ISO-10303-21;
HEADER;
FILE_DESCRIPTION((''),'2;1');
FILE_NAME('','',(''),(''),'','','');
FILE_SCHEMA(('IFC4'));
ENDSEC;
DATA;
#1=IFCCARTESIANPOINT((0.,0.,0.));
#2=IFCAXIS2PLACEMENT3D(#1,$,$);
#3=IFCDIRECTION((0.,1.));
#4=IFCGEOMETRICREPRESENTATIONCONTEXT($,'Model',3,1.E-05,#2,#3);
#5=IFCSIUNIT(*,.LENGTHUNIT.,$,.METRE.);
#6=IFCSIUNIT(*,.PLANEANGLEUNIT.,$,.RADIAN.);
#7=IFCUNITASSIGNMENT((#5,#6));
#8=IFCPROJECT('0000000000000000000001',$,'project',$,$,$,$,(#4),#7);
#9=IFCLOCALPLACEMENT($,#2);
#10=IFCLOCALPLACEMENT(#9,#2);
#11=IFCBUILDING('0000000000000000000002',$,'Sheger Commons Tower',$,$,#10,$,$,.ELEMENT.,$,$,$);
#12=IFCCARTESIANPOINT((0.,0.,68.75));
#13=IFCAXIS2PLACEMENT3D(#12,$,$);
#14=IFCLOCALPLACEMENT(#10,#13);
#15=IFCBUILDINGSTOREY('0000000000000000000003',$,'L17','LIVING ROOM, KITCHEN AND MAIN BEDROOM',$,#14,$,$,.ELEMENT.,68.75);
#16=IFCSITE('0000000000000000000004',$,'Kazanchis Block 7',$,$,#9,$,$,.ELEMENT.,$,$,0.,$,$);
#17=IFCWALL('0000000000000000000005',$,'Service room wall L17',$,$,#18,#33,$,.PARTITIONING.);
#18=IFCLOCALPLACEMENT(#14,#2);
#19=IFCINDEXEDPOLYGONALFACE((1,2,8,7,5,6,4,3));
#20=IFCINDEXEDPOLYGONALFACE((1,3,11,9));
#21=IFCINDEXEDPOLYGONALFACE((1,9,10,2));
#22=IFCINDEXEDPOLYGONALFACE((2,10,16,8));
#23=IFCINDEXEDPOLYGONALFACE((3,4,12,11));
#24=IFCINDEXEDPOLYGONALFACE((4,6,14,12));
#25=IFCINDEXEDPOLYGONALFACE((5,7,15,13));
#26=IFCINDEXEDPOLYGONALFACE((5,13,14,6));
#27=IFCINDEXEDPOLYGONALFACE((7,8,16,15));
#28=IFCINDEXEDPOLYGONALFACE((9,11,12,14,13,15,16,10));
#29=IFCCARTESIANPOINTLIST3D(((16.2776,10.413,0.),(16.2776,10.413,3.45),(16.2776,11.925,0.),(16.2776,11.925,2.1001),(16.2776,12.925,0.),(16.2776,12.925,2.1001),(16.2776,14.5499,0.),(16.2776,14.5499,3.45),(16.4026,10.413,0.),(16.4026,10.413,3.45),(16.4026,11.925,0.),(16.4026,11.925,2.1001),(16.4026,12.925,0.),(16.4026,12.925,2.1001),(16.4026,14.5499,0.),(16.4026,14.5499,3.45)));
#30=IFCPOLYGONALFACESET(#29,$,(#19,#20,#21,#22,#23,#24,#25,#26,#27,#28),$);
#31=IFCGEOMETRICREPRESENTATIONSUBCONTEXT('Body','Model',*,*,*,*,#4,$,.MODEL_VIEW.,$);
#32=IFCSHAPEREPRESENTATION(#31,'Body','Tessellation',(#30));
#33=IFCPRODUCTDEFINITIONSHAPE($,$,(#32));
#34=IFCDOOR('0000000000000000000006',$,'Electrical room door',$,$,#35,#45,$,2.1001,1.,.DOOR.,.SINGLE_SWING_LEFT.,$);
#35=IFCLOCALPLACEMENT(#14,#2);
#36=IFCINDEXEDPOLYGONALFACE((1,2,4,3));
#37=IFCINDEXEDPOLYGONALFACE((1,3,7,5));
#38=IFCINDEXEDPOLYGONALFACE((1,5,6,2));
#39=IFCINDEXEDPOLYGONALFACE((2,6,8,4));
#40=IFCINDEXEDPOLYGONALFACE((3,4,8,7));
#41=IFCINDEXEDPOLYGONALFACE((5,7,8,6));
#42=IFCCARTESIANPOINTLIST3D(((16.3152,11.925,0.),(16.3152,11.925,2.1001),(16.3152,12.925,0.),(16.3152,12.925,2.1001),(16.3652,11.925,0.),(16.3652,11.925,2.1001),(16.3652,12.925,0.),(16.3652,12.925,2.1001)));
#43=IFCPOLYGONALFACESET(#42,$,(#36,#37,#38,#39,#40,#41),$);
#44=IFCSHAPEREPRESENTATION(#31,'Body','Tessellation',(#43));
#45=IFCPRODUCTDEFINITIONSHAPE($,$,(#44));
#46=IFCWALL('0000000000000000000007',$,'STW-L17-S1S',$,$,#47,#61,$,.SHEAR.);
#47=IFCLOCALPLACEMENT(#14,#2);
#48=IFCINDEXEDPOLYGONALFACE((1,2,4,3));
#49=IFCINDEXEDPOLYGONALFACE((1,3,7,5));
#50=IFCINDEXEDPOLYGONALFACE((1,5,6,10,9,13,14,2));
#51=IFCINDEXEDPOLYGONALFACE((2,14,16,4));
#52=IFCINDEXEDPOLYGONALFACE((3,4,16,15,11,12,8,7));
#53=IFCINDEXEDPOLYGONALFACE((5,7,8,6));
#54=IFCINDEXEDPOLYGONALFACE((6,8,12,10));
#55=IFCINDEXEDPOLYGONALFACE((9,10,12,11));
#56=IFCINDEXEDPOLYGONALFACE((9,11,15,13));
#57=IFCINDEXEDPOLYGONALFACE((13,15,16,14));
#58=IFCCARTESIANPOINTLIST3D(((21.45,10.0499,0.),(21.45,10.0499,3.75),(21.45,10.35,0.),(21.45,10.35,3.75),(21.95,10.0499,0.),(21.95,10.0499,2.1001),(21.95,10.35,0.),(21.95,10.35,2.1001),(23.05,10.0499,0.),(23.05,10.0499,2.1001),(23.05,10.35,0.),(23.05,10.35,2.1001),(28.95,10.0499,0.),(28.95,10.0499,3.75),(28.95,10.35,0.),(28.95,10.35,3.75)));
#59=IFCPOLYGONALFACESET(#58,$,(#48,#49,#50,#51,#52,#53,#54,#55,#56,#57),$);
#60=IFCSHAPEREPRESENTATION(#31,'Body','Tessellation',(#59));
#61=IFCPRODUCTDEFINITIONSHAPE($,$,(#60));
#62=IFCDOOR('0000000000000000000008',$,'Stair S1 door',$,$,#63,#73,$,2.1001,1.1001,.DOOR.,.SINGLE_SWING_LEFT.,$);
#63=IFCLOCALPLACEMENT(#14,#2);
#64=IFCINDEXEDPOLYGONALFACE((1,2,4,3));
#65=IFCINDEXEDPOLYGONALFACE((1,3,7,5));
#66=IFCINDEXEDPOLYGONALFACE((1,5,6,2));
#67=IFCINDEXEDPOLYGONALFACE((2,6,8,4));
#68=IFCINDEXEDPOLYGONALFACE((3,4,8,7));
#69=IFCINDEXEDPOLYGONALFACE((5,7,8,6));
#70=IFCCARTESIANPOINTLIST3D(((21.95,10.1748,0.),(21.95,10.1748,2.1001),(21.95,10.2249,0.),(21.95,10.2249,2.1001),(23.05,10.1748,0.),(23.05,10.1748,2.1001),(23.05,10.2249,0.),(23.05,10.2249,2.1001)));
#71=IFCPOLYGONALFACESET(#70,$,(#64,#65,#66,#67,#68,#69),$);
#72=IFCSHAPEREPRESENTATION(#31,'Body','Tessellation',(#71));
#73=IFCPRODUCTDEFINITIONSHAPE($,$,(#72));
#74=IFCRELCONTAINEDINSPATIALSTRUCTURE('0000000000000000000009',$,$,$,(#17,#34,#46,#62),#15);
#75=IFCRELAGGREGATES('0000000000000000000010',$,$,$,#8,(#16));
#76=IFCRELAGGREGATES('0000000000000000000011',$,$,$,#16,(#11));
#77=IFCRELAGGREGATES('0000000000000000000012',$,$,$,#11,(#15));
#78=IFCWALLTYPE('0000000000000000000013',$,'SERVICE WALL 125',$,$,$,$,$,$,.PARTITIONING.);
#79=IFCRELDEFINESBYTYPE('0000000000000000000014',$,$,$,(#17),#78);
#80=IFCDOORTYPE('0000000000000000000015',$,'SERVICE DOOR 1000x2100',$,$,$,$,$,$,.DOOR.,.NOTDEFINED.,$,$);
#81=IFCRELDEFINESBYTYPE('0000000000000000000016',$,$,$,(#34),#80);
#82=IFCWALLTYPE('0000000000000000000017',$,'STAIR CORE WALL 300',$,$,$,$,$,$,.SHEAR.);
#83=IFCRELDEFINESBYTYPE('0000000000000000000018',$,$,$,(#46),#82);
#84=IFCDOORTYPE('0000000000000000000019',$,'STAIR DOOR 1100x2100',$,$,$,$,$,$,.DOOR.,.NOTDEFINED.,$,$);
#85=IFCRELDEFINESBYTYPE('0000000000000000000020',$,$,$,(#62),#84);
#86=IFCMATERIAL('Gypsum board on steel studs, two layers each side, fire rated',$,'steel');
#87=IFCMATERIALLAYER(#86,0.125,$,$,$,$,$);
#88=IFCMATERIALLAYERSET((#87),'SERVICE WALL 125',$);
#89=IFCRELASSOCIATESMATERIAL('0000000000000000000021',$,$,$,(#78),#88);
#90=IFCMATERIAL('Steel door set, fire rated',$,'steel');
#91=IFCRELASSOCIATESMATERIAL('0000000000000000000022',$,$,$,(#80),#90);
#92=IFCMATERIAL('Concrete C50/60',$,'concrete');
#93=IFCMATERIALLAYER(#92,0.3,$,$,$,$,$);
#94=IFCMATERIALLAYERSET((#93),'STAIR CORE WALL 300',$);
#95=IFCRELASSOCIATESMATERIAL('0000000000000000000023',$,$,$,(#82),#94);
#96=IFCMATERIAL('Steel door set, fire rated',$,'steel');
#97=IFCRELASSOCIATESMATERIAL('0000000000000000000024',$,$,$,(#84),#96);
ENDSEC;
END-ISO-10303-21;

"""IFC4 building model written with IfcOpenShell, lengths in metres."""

from ifc_helpers import new_model, si_unit, direction, frame, frame_2d, origin, place, context, subcontext, project, spatial, rectangle, extrude, material, layer, layer_set, type_object, element, fill, save


model = new_model("IFC4")

# Units and contexts
model_context = context("Model", 3, precision=1e-05, world=origin(), true_north=direction((0.0, 1.0)))
body_context = subcontext(model_context, "Body", "Model", "MODEL_VIEW")
ifc_project = project(units=[si_unit("LENGTHUNIT", "METRE"), si_unit("PLANEANGLEUNIT", "RADIAN")], contexts=[model_context])

# Site, building, storey
site_placement = place(None, origin())
site = spatial("IfcSite", under=ifc_project, at=site_placement, Name="Kazanchis Block 7", CompositionType="ELEMENT", RefElevation=0.0)
building_placement = place(site_placement, origin())
building = spatial("IfcBuilding", under=site, at=building_placement, Name="Sheger Commons Tower", CompositionType="ELEMENT")
storey_placement = place(building_placement, frame((0.0, 0.0, 68.75)))
storey = spatial("IfcBuildingStorey", under=building, at=storey_placement, Name="L17", Description="LIVING ROOM, KITCHEN AND MAIN BEDROOM", CompositionType="ELEMENT", Elevation=68.75)

# Shared definitions
ifc_material_1 = material(Name="Gypsum board on steel studs, two layers each side, fire rated", Category="steel")
ifc_layer_1 = layer(ifc_material_1, 0.125)
ifc_layer_set_1 = layer_set([ifc_layer_1], Name="SERVICE WALL 125")
wall_type_1 = type_object("IfcWallType", Name="SERVICE WALL 125", PredefinedType="PARTITIONING", material=ifc_layer_set_1)
ifc_material_2 = material(Name="Steel door set, fire rated", Category="steel")
door_type_1 = type_object("IfcDoorType", Name="SERVICE DOOR 1000x2100", OperationType="NOTDEFINED", PredefinedType="DOOR", material=ifc_material_2)

# Walls, openings, doors
wall_1_placement = place(storey_placement, frame((16.3401, 10.4131, 0.0), z_axis=(0.0, 0.0, 1.0), x_axis=(0.0, 1.0, 0.0)))
wall_1 = element("IfcWall", 1, at=wall_1_placement, inside=storey, type_object=wall_type_1, Name="Service room wall L17", PredefinedType="PARTITIONING", context=body_context, shape_type="SweptSolid", body=[
    extrude(rectangle(XDim=4.137, YDim=0.125, at=frame_2d((2.0684, 0.0))), origin(), (0.0, 0.0, 1.0), 3.45),
])
opening_1_placement = place(wall_1_placement, frame((1.512, 0.0, 0.0)))
opening_1 = element("IfcOpeningElement", 2, at=opening_1_placement, cuts=wall_1, PredefinedType="OPENING", context=body_context, shape_type="SweptSolid", body=[
    extrude(rectangle(XDim=1.0, YDim=2.1001, at=frame_2d((0.5, 1.05))), frame((0.0, 0.0725, 0.0), z_axis=(0.0, -1.0, 0.0), x_axis=(1.0, 0.0, 0.0)), (0.0, 0.0, 1.0), 0.145),
])
door_1_placement = place(opening_1_placement, origin())
door_1 = element("IfcDoor", 3, at=door_1_placement, inside=storey, type_object=door_type_1, Name="Electrical room door", OperationType="SINGLE_SWING_LEFT", OverallHeight=2.1001, OverallWidth=1.0, PredefinedType="DOOR", context=body_context, shape_type="SweptSolid", body=[
    extrude(rectangle(XDim=1.0, YDim=2.1001, at=frame_2d((0.5, 1.05))), frame((0.0, 0.0249, 0.0), z_axis=(0.0, -1.0, 0.0), x_axis=(1.0, 0.0, 0.0)), (0.0, 0.0, 1.0), 0.05),
])
fill(opening_1, door_1)
ifc_material_3 = material(Name="Concrete C50/60", Category="concrete")
ifc_layer_2 = layer(ifc_material_3, 0.3)
ifc_layer_set_2 = layer_set([ifc_layer_2], Name="STAIR CORE WALL 300")
wall_type_2 = type_object("IfcWallType", Name="STAIR CORE WALL 300", PredefinedType="SHEAR", material=ifc_layer_set_2)
wall_2_placement = place(storey_placement, frame((21.45, 10.2, 0.0), z_axis=(0.0, 0.0, 1.0), x_axis=(1.0, 0.0, 0.0)))
wall_2 = element("IfcWall", 4, at=wall_2_placement, inside=storey, type_object=wall_type_2, Name="STW-L17-S1S", PredefinedType="SHEAR", context=body_context, shape_type="SweptSolid", body=[
    extrude(rectangle(XDim=7.5, YDim=0.3, at=frame_2d((3.75, 0.0))), origin(), (0.0, 0.0, 1.0), 3.75),
])
opening_2_placement = place(wall_2_placement, frame((0.5, 0.0, 0.0)))
opening_2 = element("IfcOpeningElement", 5, at=opening_2_placement, cuts=wall_2, PredefinedType="OPENING", context=body_context, shape_type="SweptSolid", body=[
    extrude(rectangle(XDim=1.1001, YDim=2.1001, at=frame_2d((0.55, 1.05))), frame((0.0, 0.1599, 0.0), z_axis=(0.0, -1.0, 0.0), x_axis=(1.0, 0.0, 0.0)), (0.0, 0.0, 1.0), 0.3201),
])
ifc_material_4 = material(Name="Steel door set, fire rated", Category="steel")
door_type_2 = type_object("IfcDoorType", Name="STAIR DOOR 1100x2100", OperationType="NOTDEFINED", PredefinedType="DOOR", material=ifc_material_4)
door_2_placement = place(opening_2_placement, origin())
door_2 = element("IfcDoor", 6, at=door_2_placement, inside=storey, type_object=door_type_2, Name="Stair S1 door", OperationType="SINGLE_SWING_LEFT", OverallHeight=2.1001, OverallWidth=1.1001, PredefinedType="DOOR", context=body_context, shape_type="SweptSolid", body=[
    extrude(rectangle(XDim=1.1001, YDim=2.1001, at=frame_2d((0.55, 1.05))), frame((0.0, 0.0249, 0.0), z_axis=(0.0, -1.0, 0.0), x_axis=(1.0, 0.0, 0.0)), (0.0, 0.0, 1.0), 0.05),
])
fill(opening_2, door_2)

save(model, "model.ifc")
